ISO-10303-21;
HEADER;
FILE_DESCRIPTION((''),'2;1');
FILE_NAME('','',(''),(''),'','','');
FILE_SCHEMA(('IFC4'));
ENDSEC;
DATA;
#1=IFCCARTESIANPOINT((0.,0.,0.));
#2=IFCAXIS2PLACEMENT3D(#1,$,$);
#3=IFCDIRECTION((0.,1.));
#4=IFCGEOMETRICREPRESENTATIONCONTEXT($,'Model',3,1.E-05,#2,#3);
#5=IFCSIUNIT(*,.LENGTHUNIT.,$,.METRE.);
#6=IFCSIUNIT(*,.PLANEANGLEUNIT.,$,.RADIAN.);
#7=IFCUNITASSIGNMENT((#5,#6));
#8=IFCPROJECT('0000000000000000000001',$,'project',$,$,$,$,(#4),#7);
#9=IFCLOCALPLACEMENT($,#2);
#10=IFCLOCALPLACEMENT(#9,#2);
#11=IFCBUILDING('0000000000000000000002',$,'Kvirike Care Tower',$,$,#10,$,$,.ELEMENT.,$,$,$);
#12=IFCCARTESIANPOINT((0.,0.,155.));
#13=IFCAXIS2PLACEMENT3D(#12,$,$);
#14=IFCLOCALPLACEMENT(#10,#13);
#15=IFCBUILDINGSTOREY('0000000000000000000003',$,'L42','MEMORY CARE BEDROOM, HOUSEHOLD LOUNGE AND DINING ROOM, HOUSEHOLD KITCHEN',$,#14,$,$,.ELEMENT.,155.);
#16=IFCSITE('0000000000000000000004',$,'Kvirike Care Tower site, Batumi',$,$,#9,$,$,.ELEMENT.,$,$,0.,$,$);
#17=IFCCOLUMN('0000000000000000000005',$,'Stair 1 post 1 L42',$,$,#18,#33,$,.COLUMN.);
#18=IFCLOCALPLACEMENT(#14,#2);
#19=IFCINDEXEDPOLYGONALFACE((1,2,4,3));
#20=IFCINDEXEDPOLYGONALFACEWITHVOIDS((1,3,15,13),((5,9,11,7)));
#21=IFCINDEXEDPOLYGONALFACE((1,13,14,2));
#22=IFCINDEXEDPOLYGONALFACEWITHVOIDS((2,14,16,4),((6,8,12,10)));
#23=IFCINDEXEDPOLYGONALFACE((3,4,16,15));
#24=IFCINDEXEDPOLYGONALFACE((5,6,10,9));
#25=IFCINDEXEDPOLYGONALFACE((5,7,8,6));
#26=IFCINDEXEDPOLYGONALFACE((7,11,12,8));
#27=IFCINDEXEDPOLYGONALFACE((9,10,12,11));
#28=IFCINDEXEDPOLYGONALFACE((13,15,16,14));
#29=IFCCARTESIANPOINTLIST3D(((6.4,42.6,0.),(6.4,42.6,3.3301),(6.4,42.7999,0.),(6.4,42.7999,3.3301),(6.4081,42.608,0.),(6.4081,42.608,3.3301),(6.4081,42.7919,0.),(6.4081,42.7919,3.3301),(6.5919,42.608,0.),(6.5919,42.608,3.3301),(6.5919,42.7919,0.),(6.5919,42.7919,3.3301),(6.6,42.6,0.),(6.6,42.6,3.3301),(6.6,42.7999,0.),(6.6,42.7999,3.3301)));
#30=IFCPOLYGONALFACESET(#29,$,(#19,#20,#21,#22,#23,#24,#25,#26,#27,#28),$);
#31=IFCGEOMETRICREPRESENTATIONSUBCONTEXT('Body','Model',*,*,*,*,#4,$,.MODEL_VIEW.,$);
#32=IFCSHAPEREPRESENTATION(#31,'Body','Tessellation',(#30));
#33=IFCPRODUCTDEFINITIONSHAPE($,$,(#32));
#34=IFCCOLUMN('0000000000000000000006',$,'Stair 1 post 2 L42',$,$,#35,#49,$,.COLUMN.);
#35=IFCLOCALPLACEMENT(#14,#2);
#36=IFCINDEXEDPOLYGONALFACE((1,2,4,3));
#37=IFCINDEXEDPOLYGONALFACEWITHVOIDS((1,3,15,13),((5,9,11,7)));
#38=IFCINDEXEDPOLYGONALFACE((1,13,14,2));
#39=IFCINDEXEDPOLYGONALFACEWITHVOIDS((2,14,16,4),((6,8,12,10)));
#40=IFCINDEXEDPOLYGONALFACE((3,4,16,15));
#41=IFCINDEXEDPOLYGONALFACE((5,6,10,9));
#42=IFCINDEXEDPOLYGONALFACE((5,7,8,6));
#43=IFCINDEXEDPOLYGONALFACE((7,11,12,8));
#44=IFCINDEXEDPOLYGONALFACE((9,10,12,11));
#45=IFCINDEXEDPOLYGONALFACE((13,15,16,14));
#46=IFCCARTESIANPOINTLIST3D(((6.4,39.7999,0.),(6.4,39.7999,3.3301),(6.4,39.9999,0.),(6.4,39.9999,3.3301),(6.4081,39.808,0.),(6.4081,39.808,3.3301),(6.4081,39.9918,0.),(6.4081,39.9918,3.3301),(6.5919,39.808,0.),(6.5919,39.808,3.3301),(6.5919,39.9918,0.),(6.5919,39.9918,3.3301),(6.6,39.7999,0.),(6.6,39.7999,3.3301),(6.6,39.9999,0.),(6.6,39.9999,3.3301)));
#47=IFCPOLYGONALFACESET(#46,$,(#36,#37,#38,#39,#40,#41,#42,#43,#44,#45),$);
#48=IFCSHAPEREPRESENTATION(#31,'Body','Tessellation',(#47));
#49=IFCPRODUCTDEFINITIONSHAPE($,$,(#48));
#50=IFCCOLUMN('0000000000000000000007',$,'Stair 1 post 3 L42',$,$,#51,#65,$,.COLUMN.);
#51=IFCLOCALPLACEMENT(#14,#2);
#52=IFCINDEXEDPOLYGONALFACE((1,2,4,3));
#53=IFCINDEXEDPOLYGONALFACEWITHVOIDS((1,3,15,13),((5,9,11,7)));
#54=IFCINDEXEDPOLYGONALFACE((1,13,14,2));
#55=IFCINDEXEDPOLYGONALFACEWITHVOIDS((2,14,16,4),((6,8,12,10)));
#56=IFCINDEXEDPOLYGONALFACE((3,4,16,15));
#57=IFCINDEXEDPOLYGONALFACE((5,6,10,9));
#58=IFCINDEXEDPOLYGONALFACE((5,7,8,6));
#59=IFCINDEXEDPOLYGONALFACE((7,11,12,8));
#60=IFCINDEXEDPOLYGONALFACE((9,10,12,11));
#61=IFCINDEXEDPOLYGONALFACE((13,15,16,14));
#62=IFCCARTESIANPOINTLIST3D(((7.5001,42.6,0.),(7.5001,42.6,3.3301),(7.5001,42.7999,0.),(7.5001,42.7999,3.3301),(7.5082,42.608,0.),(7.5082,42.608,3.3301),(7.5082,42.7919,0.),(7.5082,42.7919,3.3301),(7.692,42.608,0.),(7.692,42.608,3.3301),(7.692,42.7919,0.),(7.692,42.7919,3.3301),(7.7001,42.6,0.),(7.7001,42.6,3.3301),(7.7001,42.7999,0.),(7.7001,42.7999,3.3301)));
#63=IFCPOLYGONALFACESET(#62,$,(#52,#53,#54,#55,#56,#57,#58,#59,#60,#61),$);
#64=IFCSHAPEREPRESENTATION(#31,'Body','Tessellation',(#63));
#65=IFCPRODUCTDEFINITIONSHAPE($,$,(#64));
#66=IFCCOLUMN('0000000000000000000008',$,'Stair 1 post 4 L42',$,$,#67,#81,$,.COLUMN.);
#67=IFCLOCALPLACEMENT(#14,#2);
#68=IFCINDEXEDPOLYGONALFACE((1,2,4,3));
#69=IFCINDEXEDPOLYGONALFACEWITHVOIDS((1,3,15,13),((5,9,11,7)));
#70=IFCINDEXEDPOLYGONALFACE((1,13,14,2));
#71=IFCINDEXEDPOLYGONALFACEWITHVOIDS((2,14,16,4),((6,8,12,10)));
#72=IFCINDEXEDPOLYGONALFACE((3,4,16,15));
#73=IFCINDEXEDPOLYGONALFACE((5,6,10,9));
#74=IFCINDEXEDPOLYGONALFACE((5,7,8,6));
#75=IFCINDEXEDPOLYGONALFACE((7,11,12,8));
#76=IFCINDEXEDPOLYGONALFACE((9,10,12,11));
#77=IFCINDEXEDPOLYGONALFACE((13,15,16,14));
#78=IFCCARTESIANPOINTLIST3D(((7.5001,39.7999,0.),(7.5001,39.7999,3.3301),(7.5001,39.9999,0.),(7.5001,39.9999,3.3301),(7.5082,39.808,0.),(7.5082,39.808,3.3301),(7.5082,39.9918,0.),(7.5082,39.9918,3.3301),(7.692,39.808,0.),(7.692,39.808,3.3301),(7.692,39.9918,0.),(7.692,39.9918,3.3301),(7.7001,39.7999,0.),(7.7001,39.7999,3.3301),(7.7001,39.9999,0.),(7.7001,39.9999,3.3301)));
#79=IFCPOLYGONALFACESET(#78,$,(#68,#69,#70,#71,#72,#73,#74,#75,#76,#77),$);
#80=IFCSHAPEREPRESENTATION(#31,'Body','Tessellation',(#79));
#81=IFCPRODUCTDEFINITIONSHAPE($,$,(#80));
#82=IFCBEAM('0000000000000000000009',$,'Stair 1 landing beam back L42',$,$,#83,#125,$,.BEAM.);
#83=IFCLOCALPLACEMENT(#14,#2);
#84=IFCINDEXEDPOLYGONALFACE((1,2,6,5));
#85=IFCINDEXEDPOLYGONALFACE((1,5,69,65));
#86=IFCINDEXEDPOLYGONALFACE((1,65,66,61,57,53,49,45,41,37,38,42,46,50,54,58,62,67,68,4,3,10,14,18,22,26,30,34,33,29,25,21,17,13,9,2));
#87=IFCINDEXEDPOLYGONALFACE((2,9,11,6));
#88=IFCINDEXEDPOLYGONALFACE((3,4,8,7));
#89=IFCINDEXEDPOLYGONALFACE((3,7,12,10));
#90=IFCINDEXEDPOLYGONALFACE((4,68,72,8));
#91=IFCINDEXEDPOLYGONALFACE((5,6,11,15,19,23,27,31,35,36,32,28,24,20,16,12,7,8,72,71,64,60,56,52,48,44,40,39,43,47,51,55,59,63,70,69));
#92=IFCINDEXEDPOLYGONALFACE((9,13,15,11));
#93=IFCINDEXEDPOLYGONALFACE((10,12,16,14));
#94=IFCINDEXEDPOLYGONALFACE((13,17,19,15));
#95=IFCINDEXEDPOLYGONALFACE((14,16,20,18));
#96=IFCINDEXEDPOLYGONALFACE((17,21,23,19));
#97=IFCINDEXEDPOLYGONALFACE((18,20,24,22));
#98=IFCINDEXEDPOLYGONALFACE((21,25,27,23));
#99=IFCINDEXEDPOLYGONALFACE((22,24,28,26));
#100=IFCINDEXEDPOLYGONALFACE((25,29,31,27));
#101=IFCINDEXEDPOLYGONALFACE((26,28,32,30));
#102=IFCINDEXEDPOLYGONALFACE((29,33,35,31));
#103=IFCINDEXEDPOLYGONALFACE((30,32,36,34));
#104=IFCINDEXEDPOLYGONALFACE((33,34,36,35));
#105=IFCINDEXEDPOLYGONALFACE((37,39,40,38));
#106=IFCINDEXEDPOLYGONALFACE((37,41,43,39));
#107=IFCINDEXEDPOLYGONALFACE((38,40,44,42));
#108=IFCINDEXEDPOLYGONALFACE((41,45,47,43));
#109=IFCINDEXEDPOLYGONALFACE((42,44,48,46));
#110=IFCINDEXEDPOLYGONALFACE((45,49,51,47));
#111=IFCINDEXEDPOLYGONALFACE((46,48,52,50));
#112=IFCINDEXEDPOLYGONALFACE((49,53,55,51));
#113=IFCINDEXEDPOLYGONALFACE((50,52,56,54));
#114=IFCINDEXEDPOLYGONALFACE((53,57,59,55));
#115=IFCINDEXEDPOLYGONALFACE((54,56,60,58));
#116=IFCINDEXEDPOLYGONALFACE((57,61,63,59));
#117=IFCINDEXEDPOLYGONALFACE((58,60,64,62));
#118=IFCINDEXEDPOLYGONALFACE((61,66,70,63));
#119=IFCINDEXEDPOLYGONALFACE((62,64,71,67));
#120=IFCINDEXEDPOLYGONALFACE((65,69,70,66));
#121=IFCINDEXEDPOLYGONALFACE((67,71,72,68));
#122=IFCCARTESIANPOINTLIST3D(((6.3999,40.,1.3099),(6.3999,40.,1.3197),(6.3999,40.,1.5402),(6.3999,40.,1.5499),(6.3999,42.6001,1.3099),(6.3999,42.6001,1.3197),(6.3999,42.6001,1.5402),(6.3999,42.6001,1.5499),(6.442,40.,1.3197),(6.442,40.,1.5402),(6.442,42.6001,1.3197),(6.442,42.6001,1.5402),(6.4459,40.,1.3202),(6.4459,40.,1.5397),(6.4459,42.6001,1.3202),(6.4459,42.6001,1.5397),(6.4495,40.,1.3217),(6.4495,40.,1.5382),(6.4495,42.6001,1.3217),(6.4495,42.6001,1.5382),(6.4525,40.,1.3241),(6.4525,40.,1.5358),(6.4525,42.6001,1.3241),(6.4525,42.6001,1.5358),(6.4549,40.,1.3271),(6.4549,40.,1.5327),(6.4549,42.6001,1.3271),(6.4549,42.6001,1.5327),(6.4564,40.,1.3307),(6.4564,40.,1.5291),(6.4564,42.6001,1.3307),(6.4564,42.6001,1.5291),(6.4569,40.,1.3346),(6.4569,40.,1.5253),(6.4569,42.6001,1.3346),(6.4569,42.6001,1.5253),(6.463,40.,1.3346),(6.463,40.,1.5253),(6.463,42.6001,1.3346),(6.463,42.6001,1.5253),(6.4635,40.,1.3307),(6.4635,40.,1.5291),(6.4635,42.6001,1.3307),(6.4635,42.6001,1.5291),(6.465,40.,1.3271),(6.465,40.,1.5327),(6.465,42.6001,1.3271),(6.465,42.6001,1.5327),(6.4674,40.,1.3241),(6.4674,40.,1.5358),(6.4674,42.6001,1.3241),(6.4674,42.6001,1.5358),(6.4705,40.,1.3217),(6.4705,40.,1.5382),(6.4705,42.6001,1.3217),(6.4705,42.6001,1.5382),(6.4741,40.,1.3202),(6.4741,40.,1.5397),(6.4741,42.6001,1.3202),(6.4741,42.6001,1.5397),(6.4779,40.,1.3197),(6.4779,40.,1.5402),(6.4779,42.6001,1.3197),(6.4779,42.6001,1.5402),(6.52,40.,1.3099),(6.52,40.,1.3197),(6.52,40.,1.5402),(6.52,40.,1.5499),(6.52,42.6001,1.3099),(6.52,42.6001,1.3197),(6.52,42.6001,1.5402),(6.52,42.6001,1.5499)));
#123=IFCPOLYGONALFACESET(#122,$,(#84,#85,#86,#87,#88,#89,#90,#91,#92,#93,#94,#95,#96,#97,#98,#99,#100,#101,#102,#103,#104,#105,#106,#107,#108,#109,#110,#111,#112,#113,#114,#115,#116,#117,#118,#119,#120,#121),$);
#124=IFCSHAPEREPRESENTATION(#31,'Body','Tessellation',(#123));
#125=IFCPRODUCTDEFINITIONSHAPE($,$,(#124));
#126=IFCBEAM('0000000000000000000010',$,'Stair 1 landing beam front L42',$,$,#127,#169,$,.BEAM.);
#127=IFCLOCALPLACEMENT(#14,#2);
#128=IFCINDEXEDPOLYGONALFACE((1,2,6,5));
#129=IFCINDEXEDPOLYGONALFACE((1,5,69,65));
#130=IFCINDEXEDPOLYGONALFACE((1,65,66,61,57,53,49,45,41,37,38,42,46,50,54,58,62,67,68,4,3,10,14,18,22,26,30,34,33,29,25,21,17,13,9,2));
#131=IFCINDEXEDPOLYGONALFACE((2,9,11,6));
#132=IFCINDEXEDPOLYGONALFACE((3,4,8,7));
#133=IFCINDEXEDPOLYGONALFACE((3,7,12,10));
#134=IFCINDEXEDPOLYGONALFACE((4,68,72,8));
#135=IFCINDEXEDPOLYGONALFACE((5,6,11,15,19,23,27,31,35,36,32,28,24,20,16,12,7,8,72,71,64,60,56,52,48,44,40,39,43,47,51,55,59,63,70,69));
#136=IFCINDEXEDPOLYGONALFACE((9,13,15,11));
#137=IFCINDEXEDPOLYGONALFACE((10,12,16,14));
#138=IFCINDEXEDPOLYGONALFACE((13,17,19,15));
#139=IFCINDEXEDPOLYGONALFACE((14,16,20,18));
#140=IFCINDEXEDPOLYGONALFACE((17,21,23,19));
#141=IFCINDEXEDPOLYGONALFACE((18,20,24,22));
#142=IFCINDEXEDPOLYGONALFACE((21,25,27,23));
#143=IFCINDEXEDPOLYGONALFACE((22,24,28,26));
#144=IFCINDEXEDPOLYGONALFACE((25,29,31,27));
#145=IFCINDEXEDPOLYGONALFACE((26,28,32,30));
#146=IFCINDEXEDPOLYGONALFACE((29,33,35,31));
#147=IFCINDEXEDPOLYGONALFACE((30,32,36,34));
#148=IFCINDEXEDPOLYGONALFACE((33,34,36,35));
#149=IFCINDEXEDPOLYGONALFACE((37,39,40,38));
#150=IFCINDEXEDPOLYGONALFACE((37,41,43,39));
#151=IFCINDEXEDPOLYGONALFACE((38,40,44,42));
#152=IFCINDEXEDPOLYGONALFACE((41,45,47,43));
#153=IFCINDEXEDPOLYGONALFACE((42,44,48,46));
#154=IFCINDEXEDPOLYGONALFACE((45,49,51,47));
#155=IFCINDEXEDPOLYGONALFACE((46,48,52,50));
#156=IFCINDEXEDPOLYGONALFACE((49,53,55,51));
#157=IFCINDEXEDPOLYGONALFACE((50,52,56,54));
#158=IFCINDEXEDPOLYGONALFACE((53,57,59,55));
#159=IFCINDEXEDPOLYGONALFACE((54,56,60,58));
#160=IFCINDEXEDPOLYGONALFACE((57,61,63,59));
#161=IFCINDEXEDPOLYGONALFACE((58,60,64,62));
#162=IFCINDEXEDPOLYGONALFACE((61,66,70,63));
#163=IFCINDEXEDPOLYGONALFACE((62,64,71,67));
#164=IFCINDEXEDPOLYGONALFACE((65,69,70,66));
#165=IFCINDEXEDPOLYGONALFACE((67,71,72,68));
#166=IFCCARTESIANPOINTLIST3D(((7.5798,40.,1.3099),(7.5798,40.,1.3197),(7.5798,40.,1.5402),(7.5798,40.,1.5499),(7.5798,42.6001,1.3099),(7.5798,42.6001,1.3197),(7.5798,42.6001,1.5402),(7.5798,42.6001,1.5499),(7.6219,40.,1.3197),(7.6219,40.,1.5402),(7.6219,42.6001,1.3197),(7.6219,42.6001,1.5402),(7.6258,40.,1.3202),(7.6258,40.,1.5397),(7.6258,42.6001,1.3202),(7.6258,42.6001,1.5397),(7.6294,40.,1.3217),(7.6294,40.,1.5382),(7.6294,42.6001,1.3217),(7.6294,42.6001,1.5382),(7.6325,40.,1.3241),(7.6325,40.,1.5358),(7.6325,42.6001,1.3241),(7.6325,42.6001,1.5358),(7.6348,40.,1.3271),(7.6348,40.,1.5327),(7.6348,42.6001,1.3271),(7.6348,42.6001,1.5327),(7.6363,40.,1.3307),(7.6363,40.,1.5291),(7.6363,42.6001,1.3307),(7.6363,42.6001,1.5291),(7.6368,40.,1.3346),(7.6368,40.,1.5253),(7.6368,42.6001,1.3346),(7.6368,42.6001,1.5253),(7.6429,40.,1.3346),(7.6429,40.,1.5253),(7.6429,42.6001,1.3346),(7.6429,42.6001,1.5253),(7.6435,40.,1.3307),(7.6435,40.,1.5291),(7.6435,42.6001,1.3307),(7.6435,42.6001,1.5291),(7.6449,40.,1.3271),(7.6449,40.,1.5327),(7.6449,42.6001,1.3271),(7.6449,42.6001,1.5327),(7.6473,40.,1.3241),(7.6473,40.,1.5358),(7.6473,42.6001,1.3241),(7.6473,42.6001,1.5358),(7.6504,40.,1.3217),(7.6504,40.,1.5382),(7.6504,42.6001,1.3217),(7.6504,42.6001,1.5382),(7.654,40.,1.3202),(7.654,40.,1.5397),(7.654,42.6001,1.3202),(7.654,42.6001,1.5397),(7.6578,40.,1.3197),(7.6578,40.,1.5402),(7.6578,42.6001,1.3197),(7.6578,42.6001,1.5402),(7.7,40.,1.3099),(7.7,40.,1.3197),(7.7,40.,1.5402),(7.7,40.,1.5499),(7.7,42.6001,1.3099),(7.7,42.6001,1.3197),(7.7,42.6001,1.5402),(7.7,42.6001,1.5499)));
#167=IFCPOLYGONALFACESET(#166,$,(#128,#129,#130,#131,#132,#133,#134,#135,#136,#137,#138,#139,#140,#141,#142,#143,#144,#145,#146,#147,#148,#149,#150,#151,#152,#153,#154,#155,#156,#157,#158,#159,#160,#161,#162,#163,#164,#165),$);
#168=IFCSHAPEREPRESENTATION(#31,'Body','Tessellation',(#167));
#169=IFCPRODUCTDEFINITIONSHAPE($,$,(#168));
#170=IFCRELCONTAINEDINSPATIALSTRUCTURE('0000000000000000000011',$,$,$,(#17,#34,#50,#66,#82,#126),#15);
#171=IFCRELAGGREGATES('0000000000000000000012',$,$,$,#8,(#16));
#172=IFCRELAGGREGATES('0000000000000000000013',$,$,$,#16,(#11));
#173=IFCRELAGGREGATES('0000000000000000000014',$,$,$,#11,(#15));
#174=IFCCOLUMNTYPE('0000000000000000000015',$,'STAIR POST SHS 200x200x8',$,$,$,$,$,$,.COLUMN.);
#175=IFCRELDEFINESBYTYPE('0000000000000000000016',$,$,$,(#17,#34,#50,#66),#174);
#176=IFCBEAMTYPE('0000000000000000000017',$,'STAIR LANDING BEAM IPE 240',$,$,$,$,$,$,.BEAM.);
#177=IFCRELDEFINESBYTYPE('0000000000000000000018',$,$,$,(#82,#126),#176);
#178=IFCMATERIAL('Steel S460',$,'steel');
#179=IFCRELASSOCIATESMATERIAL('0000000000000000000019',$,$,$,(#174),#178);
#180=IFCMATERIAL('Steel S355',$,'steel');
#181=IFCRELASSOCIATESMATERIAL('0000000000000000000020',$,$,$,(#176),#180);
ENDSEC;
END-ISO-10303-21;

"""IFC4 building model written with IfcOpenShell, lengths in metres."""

from ifc_helpers import new_model, si_unit, direction, frame, origin, origin_2d, place, context, subcontext, project, spatial, hollow_rectangle, i_section, extrude, material, material_profile, profile_set, type_object, element, save


model = new_model("IFC4")

# Units and contexts
model_context = context("Model", 3, precision=1e-05, world=origin(), true_north=direction((0.0, 1.0)))
body_context = subcontext(model_context, "Body", "Model", "MODEL_VIEW")
ifc_project = project(units=[si_unit("LENGTHUNIT", "METRE"), si_unit("PLANEANGLEUNIT", "RADIAN")], contexts=[model_context])

# Site, building, storey
site_placement = place(None, origin())
site = spatial("IfcSite", under=ifc_project, at=site_placement, Name="Kvirike Care Tower site, Batumi", CompositionType="ELEMENT", RefElevation=0.0)
building_placement = place(site_placement, origin())
building = spatial("IfcBuilding", under=site, at=building_placement, Name="Kvirike Care Tower", CompositionType="ELEMENT")
storey_placement = place(building_placement, frame((0.0, 0.0, 155.0)))
storey = spatial("IfcBuildingStorey", under=building, at=storey_placement, Name="L42", Description="MEMORY CARE BEDROOM, HOUSEHOLD LOUNGE AND DINING ROOM, HOUSEHOLD KITCHEN", CompositionType="ELEMENT", Elevation=155.0)

# Columns
ifc_material_1 = material(Name="Steel S460", Category="steel")
ifc_material_profile_1 = material_profile(ifc_material_1, hollow_rectangle(XDim=0.2, YDim=0.2, WallThickness=0.0081, at=origin_2d()), Name="SHS 200x200x8")
ifc_profile_set_1 = profile_set([ifc_material_profile_1], Name="Steel S460")
column_type = type_object("IfcColumnType", Name="STAIR POST SHS 200x200x8", PredefinedType="COLUMN", material=ifc_profile_set_1)
for number, where, z_axis, x_axis, name in (
    (1, (6.5, 42.7, 0.0), (0.0, 0.0, 1.0), (1.0, 0.0, 0.0), "Stair 1 post 1 L42"),
    (2, (6.5, 39.8999, 0.0), (0.0, 0.0, 1.0), (1.0, 0.0, 0.0), "Stair 1 post 2 L42"),
    (3, (7.6001, 42.7, 0.0), (0.0, 0.0, 1.0), (1.0, 0.0, 0.0), "Stair 1 post 3 L42"),
    (4, (7.6001, 39.8999, 0.0), (0.0, 0.0, 1.0), (1.0, 0.0, 0.0), "Stair 1 post 4 L42"),
):
    element("IfcColumn", number, at=place(storey_placement, frame(where, z_axis=z_axis, x_axis=x_axis)), inside=storey, type_object=column_type, Name=name, PredefinedType="COLUMN", context=body_context, shape_type="SweptSolid", body=[
        extrude(hollow_rectangle(XDim=0.2, YDim=0.2, WallThickness=0.0081, at=origin_2d()), origin(), (0.0, 0.0, 1.0), 3.3301),
    ])

# Beams
ifc_material_2 = material(Name="Steel S355", Category="steel")
ifc_material_profile_2 = material_profile(ifc_material_2, i_section(OverallWidth=0.1201, OverallDepth=0.24, WebThickness=0.0061, FlangeThickness=0.0098, FilletRadius=0.0149, at=origin_2d()), Name="IPE 240")
ifc_profile_set_2 = profile_set([ifc_material_profile_2], Name="Steel S355")
beam_type = type_object("IfcBeamType", Name="STAIR LANDING BEAM IPE 240", PredefinedType="BEAM", material=ifc_profile_set_2)
for number, where, z_axis, x_axis, name in (
    (5, (6.46, 42.6001, 1.4299), (0.0, -1.0, 0.0), (1.0, 0.0, 0.0), "Stair 1 landing beam back L42"),
    (6, (7.6399, 42.6001, 1.4299), (0.0, -1.0, 0.0), (1.0, 0.0, 0.0), "Stair 1 landing beam front L42"),
):
    element("IfcBeam", number, at=place(storey_placement, frame(where, z_axis=z_axis, x_axis=x_axis)), inside=storey, type_object=beam_type, Name=name, PredefinedType="BEAM", context=body_context, shape_type="SweptSolid", body=[
        extrude(i_section(OverallWidth=0.1201, OverallDepth=0.24, WebThickness=0.0061, FlangeThickness=0.0098, FilletRadius=0.0149, at=origin_2d()), origin(), (0.0, 0.0, 1.0), 2.6001),
    ])

save(model, "model.ifc")
